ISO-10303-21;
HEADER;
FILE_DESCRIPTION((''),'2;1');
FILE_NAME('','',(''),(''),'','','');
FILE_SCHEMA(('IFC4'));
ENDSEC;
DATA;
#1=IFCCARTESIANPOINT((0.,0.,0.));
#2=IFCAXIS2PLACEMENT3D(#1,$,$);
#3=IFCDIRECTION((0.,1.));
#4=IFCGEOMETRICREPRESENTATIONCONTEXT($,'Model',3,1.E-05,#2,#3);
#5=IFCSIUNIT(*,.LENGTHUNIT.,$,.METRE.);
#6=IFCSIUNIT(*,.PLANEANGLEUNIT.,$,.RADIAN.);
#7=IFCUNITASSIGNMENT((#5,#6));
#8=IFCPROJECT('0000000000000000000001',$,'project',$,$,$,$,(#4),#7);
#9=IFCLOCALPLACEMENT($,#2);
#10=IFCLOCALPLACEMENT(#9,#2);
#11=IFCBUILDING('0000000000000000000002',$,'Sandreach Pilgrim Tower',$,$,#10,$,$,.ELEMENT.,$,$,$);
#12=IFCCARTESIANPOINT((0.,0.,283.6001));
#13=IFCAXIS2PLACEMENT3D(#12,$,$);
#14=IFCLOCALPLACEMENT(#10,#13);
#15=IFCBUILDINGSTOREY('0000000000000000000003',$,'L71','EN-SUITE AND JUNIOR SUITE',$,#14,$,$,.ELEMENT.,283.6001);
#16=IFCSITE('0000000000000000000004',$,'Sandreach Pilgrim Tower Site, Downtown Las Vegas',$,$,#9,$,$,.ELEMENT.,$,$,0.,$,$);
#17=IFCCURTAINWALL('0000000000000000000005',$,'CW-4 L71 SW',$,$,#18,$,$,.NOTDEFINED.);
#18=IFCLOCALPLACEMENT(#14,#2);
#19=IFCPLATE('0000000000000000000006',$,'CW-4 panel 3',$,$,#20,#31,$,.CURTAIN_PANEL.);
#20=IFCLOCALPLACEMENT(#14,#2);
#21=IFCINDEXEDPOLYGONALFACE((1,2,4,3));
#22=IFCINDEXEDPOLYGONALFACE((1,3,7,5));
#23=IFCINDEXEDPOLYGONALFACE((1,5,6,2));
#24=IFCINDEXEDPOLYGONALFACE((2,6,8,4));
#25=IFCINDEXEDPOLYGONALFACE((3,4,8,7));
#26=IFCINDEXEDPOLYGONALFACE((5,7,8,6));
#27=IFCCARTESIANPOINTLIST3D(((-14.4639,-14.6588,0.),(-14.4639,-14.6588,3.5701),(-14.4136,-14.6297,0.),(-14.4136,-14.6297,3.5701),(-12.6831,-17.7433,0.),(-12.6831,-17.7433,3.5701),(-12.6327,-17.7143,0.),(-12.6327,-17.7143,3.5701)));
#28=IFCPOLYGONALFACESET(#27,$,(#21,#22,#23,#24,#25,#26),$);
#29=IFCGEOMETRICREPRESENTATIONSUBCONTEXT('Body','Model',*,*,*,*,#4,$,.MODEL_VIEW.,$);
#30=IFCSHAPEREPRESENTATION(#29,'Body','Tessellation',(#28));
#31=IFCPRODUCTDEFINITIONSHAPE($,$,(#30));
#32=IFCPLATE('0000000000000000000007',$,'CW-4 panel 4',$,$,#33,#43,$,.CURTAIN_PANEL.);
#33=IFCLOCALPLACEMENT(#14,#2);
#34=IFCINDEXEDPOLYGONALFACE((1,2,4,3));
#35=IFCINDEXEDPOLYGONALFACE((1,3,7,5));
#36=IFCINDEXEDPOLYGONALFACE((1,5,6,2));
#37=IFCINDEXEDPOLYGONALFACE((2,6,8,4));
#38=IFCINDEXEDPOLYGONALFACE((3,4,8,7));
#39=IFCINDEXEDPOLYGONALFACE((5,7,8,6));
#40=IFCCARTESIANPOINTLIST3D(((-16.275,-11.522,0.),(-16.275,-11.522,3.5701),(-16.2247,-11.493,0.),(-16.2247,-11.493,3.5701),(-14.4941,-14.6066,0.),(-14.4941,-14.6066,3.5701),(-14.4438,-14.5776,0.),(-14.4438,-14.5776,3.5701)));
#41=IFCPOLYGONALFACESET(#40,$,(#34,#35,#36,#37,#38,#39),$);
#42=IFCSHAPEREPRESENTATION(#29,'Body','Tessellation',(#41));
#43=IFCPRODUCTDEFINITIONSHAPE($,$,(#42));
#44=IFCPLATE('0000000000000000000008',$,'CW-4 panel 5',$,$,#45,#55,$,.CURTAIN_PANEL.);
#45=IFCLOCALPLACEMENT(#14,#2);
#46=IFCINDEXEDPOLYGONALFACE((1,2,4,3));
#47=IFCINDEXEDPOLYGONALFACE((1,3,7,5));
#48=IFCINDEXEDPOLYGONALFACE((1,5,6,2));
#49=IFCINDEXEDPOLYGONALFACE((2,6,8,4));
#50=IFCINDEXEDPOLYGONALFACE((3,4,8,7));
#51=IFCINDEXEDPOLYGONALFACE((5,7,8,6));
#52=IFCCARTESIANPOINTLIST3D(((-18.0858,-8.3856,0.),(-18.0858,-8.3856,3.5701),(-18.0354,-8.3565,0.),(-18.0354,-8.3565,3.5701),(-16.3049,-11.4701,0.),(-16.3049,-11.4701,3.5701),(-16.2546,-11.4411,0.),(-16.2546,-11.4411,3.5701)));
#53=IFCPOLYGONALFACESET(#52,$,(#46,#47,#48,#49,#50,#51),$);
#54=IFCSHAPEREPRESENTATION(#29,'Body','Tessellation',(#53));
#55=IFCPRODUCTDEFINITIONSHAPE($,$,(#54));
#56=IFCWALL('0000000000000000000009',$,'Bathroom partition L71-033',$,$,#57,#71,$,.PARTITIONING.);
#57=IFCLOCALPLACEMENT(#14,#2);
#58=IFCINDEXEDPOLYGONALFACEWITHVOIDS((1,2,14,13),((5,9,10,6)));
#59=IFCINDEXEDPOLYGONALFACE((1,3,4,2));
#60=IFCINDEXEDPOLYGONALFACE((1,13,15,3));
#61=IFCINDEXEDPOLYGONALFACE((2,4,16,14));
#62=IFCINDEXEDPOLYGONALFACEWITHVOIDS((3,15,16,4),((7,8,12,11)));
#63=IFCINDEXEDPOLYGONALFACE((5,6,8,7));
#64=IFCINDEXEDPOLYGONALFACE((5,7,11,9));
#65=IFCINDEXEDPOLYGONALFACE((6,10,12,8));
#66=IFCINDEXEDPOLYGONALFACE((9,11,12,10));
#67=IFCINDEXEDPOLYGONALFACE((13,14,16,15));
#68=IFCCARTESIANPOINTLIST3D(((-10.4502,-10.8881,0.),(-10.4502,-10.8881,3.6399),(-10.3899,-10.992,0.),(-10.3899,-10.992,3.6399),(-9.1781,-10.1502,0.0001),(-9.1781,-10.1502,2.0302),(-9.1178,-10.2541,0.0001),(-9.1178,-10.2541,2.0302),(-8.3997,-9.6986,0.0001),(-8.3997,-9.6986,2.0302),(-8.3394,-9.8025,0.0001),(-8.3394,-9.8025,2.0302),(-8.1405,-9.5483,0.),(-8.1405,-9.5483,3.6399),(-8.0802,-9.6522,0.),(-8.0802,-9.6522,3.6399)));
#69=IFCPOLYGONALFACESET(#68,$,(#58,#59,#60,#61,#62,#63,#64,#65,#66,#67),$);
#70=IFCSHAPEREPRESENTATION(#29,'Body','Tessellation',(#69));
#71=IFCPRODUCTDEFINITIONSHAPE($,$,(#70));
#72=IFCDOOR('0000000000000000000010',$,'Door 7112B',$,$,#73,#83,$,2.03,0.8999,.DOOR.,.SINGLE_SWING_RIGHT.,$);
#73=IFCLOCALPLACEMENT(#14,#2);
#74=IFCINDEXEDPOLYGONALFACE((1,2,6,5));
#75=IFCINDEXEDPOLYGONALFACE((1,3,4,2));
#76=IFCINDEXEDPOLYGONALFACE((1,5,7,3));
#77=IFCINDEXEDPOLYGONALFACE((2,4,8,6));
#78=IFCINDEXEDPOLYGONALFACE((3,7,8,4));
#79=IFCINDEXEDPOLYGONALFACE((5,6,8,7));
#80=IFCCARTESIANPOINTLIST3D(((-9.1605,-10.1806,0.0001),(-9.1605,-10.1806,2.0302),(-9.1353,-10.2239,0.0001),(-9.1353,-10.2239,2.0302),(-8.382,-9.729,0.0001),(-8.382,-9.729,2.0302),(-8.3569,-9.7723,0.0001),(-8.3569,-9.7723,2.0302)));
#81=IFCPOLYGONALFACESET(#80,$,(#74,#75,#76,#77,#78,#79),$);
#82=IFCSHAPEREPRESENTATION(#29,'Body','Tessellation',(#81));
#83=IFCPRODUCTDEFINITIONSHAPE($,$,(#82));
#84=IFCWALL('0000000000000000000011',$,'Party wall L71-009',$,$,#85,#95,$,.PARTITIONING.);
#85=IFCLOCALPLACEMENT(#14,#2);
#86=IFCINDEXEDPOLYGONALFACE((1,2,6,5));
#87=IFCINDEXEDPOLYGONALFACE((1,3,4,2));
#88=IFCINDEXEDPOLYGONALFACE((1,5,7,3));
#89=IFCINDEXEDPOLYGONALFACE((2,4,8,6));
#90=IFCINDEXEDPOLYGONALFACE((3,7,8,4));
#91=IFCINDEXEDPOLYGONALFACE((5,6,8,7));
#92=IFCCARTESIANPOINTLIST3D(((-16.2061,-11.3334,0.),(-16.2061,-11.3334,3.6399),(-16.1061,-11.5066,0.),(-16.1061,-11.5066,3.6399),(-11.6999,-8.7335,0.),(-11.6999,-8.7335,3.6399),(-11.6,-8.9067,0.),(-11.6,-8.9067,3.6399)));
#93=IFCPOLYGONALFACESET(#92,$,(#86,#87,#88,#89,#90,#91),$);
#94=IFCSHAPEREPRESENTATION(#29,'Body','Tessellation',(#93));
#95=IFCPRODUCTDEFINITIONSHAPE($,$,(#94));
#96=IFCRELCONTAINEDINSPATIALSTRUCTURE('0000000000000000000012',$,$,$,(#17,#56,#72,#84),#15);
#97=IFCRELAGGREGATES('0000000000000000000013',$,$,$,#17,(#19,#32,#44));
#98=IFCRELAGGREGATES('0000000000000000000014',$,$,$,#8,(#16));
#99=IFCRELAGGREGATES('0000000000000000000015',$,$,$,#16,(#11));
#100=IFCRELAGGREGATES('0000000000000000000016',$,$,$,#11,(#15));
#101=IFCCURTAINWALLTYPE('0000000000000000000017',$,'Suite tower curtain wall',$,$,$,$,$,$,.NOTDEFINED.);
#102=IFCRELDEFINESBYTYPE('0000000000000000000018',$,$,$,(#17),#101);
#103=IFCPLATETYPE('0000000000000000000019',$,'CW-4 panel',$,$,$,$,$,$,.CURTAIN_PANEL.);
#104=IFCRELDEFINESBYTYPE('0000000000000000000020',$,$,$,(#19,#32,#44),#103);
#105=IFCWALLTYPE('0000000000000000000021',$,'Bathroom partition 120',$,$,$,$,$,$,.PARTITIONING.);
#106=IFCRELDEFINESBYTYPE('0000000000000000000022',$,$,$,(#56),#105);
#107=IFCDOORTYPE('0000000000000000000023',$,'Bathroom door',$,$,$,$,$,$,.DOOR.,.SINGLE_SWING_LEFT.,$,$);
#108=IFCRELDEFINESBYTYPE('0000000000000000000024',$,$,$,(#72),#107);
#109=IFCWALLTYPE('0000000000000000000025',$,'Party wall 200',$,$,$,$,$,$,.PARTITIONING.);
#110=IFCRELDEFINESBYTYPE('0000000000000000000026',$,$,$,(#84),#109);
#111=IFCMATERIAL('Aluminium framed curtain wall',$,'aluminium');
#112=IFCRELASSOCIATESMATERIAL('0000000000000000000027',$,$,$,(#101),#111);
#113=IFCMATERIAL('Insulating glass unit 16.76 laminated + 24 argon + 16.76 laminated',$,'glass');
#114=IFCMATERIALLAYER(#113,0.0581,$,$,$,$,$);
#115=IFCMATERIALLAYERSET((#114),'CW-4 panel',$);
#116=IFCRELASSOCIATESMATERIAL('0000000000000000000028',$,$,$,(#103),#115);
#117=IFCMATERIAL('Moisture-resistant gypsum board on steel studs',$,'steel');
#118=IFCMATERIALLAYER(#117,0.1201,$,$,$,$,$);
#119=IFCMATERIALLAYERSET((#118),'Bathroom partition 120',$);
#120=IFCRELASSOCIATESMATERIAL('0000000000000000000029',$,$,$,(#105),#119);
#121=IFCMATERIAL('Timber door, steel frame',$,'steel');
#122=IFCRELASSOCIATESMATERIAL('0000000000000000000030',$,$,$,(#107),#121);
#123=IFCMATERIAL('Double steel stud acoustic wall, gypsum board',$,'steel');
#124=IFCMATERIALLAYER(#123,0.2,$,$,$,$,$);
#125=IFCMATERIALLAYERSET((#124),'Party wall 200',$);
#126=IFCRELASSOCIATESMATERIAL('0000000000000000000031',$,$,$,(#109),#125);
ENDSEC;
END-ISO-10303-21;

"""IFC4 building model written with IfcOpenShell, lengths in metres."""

from ifc_helpers import new_model, si_unit, direction, frame, frame_2d, origin, origin_2d, place, context, subcontext, project, spatial, rectangle, extrude, material, layer, layer_set, type_object, element, fill, aggregate, save


model = new_model("IFC4")

# Units and contexts
model_context = context("Model", 3, precision=1e-05, world=origin(), true_north=direction((0.0, 1.0)))
body_context = subcontext(model_context, "Body", "Model", "MODEL_VIEW")
ifc_project = project(units=[si_unit("LENGTHUNIT", "METRE"), si_unit("PLANEANGLEUNIT", "RADIAN")], contexts=[model_context])

# Site, building, storey
site_placement = place(None, origin())
site = spatial("IfcSite", under=ifc_project, at=site_placement, Name="Sandreach Pilgrim Tower Site, Downtown Las Vegas", CompositionType="ELEMENT", RefElevation=0.0)
building_placement = place(site_placement, origin())
building = spatial("IfcBuilding", under=site, at=building_placement, Name="Sandreach Pilgrim Tower", CompositionType="ELEMENT")
storey_placement = place(building_placement, frame((0.0, 0.0, 283.6001)))
storey = spatial("IfcBuildingStorey", under=building, at=storey_placement, Name="L71", Description="EN-SUITE AND JUNIOR SUITE", CompositionType="ELEMENT", Elevation=283.6001)

# Curtain wall
ifc_material_1 = material(Name="Aluminium framed curtain wall", Category="aluminium")
curtain_wall_type = type_object("IfcCurtainWallType", Name="Suite tower curtain wall", PredefinedType="NOTDEFINED", material=ifc_material_1)
curtain_wall_placement = place(storey_placement, origin())
curtain_wall = element("IfcCurtainWall", 1, at=curtain_wall_placement, inside=storey, type_object=curtain_wall_type, Name="CW-4 L71 SW", PredefinedType="NOTDEFINED")

# Plates
ifc_material_2 = material(Name="Insulating glass unit 16.76 laminated + 24 argon + 16.76 laminated", Category="glass")
ifc_layer_1 = layer(ifc_material_2, 0.0581)
ifc_layer_set_1 = layer_set([ifc_layer_1], Name="CW-4 panel")
plate_type = type_object("IfcPlateType", Name="CW-4 panel", PredefinedType="CURTAIN_PANEL", material=ifc_layer_set_1)
plate_1_placement = place(storey_placement, frame((-13.5483, -16.1865, 0.0), z_axis=(0.0, 0.0, 1.0), x_axis=(-0.5, 0.866025, 0.0)))
plate_1 = element("IfcPlate", 2, at=plate_1_placement, type_object=plate_type, Name="CW-4 panel 3", PredefinedType="CURTAIN_PANEL", context=body_context, shape_type="SweptSolid", body=[
    extrude(rectangle(XDim=3.5618, YDim=0.0581, at=origin_2d()), origin(), (0.0, 0.0, 1.0), 3.5701),
])
plate_2_placement = place(storey_placement, frame((-15.3594, -13.0498, 0.0), z_axis=(0.0, 0.0, 1.0), x_axis=(-0.5, 0.866025, 0.0)))
plate_2 = element("IfcPlate", 3, at=plate_2_placement, type_object=plate_type, Name="CW-4 panel 4", PredefinedType="CURTAIN_PANEL", context=body_context, shape_type="SweptSolid", body=[
    extrude(rectangle(XDim=3.5618, YDim=0.0581, at=origin_2d()), origin(), (0.0, 0.0, 1.0), 3.5701),
])
plate_3_placement = place(storey_placement, frame((-17.1702, -9.9133, 0.0), z_axis=(0.0, 0.0, 1.0), x_axis=(-0.5, 0.866025, 0.0)))
plate_3 = element("IfcPlate", 4, at=plate_3_placement, type_object=plate_type, Name="CW-4 panel 5", PredefinedType="CURTAIN_PANEL", context=body_context, shape_type="SweptSolid", body=[
    extrude(rectangle(XDim=3.5618, YDim=0.0581, at=origin_2d()), origin(), (0.0, 0.0, 1.0), 3.5701),
])
aggregate(curtain_wall, [plate_1, plate_2, plate_3])

# Wall, opening, door
ifc_material_3 = material(Name="Moisture-resistant gypsum board on steel studs", Category="steel")
ifc_layer_2 = layer(ifc_material_3, 0.1201)
ifc_layer_set_2 = layer_set([ifc_layer_2], Name="Bathroom partition 120")
wall_type_1 = type_object("IfcWallType", Name="Bathroom partition 120", PredefinedType="PARTITIONING", material=ifc_layer_set_2)
wall_1_placement = place(storey_placement, frame((-10.4199, -10.9399, 0.0), z_axis=(0.0, 0.0, 1.0), x_axis=(0.865007, 0.501761, 0.0)))
wall_1 = element("IfcWall", 5, at=wall_1_placement, inside=storey, type_object=wall_type_1, Name="Bathroom partition L71-033", PredefinedType="PARTITIONING", context=body_context, shape_type="SweptSolid", body=[
    extrude(rectangle(XDim=2.6702, YDim=0.1201, at=frame_2d((1.335, 0.0))), origin(), (0.0, 0.0, 1.0), 3.6399),
])
opening_placement = place(wall_1_placement, frame((1.4705, 0.0, 0.0)))
opening = element("IfcOpeningElement", 6, at=opening_placement, cuts=wall_1, PredefinedType="OPENING", context=body_context, shape_type="SweptSolid", body=[
    extrude(rectangle(XDim=0.8999, YDim=2.03, at=frame_2d((0.45, 1.0151))), frame((0.0, 0.0601, 0.0), z_axis=(0.0, -1.0, 0.0), x_axis=(1.0, 0.0, 0.0)), (0.0, 0.0, 1.0), 0.1201),
])
ifc_material_4 = material(Name="Timber door, steel frame", Category="steel")
door_type = type_object("IfcDoorType", Name="Bathroom door", OperationType="SINGLE_SWING_LEFT", PredefinedType="DOOR", material=ifc_material_4)
door_placement = place(opening_placement, origin())
door = element("IfcDoor", 7, at=door_placement, inside=storey, type_object=door_type, Name="Door 7112B", OperationType="SINGLE_SWING_RIGHT", OverallHeight=2.03, OverallWidth=0.8999, PredefinedType="DOOR", context=body_context, shape_type="SweptSolid", body=[
    extrude(rectangle(XDim=0.8999, YDim=2.03, at=frame_2d((0.45, 1.0151))), frame((0.0, 0.0249, 0.0), z_axis=(0.0, -1.0, 0.0), x_axis=(1.0, 0.0, 0.0)), (0.0, 0.0, 1.0), 0.05),
])
fill(opening, door)

# Wall
ifc_material_5 = material(Name="Double steel stud acoustic wall, gypsum board", Category="steel")
ifc_layer_3 = layer(ifc_material_5, 0.2)
ifc_layer_set_3 = layer_set([ifc_layer_3], Name="Party wall 200")
wall_type_2 = type_object("IfcWallType", Name="Party wall 200", PredefinedType="PARTITIONING", material=ifc_layer_set_3)
wall_2_placement = place(storey_placement, frame((-16.156, -11.4199, 0.0), z_axis=(0.0, 0.0, 1.0), x_axis=(0.866171, 0.499748, 0.0)))
element("IfcWall", 8, at=wall_2_placement, inside=storey, type_object=wall_type_2, Name="Party wall L71-009", PredefinedType="PARTITIONING", context=body_context, shape_type="SweptSolid", body=[
    extrude(rectangle(XDim=5.2024, YDim=0.2, at=frame_2d((2.6011, 0.0))), origin(), (0.0, 0.0, 1.0), 3.6399),
])

save(model, "model.ifc")
